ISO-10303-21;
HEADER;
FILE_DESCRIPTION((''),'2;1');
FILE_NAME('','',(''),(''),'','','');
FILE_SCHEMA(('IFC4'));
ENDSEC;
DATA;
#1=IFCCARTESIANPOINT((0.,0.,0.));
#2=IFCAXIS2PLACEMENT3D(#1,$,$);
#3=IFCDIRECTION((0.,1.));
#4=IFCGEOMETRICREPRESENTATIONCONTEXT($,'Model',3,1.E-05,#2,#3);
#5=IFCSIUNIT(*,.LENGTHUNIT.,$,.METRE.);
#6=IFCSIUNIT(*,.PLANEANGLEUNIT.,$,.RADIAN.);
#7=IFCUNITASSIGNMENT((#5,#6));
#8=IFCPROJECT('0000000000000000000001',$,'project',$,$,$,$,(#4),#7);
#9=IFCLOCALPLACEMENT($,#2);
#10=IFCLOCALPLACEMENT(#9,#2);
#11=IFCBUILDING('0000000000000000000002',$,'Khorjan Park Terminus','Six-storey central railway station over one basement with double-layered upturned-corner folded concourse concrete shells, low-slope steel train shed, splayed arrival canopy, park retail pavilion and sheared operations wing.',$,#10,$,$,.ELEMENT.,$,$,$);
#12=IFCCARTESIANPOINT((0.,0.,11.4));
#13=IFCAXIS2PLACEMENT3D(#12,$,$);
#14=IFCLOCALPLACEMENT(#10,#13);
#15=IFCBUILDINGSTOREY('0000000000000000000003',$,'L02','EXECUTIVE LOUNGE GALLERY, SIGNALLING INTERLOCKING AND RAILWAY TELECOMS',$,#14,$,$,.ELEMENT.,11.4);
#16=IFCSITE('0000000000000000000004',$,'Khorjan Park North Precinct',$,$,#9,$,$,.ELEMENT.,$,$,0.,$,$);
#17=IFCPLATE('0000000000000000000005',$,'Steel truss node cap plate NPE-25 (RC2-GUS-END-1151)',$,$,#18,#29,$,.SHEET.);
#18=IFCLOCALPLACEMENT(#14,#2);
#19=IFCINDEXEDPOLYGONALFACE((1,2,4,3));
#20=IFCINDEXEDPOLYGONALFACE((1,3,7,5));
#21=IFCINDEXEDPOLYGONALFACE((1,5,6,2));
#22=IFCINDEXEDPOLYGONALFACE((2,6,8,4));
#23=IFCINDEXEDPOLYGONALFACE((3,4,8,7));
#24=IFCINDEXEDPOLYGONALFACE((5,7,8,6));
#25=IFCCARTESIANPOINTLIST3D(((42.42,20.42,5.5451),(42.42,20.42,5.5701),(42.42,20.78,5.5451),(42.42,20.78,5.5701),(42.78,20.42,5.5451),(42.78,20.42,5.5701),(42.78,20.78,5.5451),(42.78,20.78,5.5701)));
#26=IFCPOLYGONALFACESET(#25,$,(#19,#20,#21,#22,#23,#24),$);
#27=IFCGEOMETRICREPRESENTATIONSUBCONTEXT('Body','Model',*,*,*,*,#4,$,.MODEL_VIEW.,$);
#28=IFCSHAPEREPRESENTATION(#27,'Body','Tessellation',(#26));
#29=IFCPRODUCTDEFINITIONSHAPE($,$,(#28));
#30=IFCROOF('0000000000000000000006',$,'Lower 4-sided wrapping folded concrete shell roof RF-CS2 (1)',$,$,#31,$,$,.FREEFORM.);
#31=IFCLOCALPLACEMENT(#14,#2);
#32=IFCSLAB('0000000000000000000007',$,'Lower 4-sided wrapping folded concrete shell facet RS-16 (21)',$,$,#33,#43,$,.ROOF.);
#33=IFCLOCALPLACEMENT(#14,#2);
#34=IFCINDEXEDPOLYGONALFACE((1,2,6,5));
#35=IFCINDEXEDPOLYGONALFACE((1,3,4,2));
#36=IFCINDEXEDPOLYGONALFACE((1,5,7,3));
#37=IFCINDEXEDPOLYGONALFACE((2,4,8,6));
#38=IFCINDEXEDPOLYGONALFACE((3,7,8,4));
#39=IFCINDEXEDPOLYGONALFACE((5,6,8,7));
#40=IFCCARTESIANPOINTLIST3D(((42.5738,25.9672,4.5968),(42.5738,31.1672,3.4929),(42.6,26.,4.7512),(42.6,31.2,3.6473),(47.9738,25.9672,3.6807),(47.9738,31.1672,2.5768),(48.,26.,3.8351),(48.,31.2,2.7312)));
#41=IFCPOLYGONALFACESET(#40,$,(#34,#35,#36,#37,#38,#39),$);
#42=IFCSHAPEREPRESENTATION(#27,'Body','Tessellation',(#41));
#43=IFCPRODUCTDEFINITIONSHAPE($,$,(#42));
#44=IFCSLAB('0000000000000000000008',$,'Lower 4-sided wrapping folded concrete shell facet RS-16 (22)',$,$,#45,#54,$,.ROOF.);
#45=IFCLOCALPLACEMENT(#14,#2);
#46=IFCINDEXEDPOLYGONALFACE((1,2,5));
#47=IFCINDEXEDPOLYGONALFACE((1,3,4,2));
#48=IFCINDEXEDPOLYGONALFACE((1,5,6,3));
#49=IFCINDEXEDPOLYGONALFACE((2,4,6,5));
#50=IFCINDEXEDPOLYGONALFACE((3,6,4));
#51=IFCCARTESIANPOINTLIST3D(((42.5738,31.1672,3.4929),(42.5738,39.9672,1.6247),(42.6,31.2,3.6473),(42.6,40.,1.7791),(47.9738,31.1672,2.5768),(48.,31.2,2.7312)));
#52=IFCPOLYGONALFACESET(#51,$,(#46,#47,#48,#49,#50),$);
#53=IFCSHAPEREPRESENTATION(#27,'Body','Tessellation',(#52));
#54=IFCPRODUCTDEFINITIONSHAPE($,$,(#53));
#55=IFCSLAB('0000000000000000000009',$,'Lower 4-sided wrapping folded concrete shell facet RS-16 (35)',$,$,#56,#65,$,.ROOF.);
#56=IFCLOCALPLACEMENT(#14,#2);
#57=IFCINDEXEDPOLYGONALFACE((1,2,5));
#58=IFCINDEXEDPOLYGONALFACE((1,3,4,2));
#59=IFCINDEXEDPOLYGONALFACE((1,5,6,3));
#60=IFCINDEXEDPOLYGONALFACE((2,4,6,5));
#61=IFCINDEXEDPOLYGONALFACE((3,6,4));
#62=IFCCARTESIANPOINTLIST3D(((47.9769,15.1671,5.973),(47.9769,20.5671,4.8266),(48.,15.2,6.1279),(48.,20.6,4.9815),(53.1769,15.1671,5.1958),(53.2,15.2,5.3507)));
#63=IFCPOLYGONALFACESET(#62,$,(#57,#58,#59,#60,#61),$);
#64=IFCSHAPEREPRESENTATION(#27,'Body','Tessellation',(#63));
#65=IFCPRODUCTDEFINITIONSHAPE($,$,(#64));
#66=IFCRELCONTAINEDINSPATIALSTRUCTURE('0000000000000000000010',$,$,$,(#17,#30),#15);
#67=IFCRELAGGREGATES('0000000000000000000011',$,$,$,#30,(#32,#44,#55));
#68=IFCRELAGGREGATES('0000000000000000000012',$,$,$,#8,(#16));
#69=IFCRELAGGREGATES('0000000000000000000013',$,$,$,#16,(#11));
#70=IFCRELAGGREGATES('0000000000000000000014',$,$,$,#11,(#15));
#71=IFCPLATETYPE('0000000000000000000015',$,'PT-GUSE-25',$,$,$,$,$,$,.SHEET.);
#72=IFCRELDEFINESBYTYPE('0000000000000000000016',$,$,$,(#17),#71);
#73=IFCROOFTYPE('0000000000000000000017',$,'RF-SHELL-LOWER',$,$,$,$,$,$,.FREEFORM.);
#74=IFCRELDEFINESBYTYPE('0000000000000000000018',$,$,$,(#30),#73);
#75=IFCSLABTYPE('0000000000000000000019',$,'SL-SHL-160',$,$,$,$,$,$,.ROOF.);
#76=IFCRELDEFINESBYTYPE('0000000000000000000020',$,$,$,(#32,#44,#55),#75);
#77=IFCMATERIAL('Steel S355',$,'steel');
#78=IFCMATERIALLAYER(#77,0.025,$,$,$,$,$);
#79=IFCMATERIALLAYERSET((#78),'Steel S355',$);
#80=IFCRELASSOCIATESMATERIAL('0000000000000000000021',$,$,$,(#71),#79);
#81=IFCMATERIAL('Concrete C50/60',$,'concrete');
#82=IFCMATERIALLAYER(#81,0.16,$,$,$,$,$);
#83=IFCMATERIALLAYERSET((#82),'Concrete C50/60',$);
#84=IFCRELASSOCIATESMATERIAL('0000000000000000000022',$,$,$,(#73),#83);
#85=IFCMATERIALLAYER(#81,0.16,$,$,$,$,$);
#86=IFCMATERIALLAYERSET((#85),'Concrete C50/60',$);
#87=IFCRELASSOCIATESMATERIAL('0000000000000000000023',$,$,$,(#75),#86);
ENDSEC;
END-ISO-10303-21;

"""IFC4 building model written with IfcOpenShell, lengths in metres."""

from ifc_helpers import new_model, si_unit, direction, frame, origin, origin_2d, place, context, subcontext, project, spatial, polyline, rectangle, outline, extrude, material, layer, layer_set, type_object, element, aggregate, save


model = new_model("IFC4")

# Units and contexts
model_context = context("Model", 3, precision=1e-05, world=origin(), true_north=direction((0.0, 1.0)))
body_context = subcontext(model_context, "Body", "Model", "MODEL_VIEW")
ifc_project = project(units=[si_unit("LENGTHUNIT", "METRE"), si_unit("PLANEANGLEUNIT", "RADIAN")], contexts=[model_context])

# Site, building, storey
site_placement = place(None, origin())
site = spatial("IfcSite", under=ifc_project, at=site_placement, Name="Khorjan Park North Precinct", CompositionType="ELEMENT", RefElevation=0.0)
building_placement = place(site_placement, origin())
building = spatial("IfcBuilding", under=site, at=building_placement, Name="Khorjan Park Terminus", Description="Six-storey central railway station over one basement with double-layered upturned-corner folded concourse concrete shells, low-slope steel train shed, splayed arrival canopy, park retail pavilion and sheared operations wing.", CompositionType="ELEMENT")
storey_placement = place(building_placement, frame((0.0, 0.0, 11.4)))
storey = spatial("IfcBuildingStorey", under=building, at=storey_placement, Name="L02", Description="EXECUTIVE LOUNGE GALLERY, SIGNALLING INTERLOCKING AND RAILWAY TELECOMS", CompositionType="ELEMENT", Elevation=11.4)

# Shared definitions
ifc_material_1 = material(Name="Steel S355", Category="steel")

# Plate
ifc_layer_1 = layer(ifc_material_1, 0.025)
ifc_layer_set_1 = layer_set([ifc_layer_1], Name="Steel S355")
plate_type = type_object("IfcPlateType", Name="PT-GUSE-25", PredefinedType="SHEET", material=ifc_layer_set_1)
for number, where, z_axis, x_axis, name in (
    (1, (42.6, 20.6, 5.5451), (0.0, 0.0, 1.0), (1.0, 0.0, 0.0), "Steel truss node cap plate NPE-25 (RC2-GUS-END-1151)"),
):
    element("IfcPlate", number, at=place(storey_placement, frame(where, z_axis=z_axis, x_axis=x_axis)), inside=storey, type_object=plate_type, Name=name, PredefinedType="SHEET", context=body_context, shape_type="SweptSolid", body=[
        extrude(rectangle(XDim=0.36, YDim=0.36, at=origin_2d()), origin(), (0.0, 0.0, 1.0), 0.025),
    ])

# Roof, slabs
ifc_material_2 = material(Name="Concrete C50/60", Category="concrete")
ifc_layer_2 = layer(ifc_material_2, 0.16)
ifc_layer_set_2 = layer_set([ifc_layer_2], Name="Concrete C50/60")
roof_type = type_object("IfcRoofType", Name="RF-SHELL-LOWER", PredefinedType="FREEFORM", material=ifc_layer_set_2)
roof_placement = place(storey_placement, origin())
roof = element("IfcRoof", 2, at=roof_placement, inside=storey, type_object=roof_type, Name="Lower 4-sided wrapping folded concrete shell roof RF-CS2 (1)", PredefinedType="FREEFORM")
ifc_layer_3 = layer(ifc_material_2, 0.16)
ifc_layer_set_3 = layer_set([ifc_layer_3], Name="Concrete C50/60")
slab_type = type_object("IfcSlabType", Name="SL-SHL-160", PredefinedType="ROOF", material=ifc_layer_set_3)
slab_1_placement = place(storey_placement, frame((42.6, 26.0, 4.7512), z_axis=(0.163711, 0.204859, 0.965003), x_axis=(0.985913, 0.0, -0.167258)))
slab_1 = element("IfcSlab", 3, at=slab_1_placement, type_object=slab_type, Name="Lower 4-sided wrapping folded concrete shell facet RS-16 (21)", PredefinedType="ROOF", context=body_context, shape_type="SweptSolid", body=[
    extrude(outline(polyline([(0.0, 0.0), (5.4772, 0.0), (5.6618, 5.3127), (0.1846, 5.3127), (0.0, 0.0)])), origin(), (0.0, 0.0, -1.0), 0.16),
])
slab_2_placement = place(storey_placement, frame((42.6, 31.2, 3.6473), z_axis=(0.163711, 0.204866, 0.965002), x_axis=(0.985913, 0.0, -0.167258)))
slab_2 = element("IfcSlab", 4, at=slab_2_placement, type_object=slab_type, Name="Lower 4-sided wrapping folded concrete shell facet RS-16 (22)", PredefinedType="ROOF", context=body_context, shape_type="SweptSolid", body=[
    extrude(outline(polyline([(0.0, 0.0), (5.4772, 0.0), (0.3125, 8.9907), (0.0, 0.0)])), origin(), (0.0, 0.0, -1.0), 0.16),
])
slab_3_placement = place(storey_placement, frame((48.0, 15.2, 6.1279), z_axis=(0.144665, 0.205484, 0.967909), x_axis=(0.989014, 0.0, -0.14782)))
slab_3 = element("IfcSlab", 5, at=slab_3_placement, type_object=slab_type, Name="Lower 4-sided wrapping folded concrete shell facet RS-16 (35)", PredefinedType="ROOF", context=body_context, shape_type="SweptSolid", body=[
    extrude(outline(polyline([(0.0, 0.0), (5.2578, 0.0), (0.1695, 5.5177), (0.0, 0.0)])), origin(), (0.0, 0.0, -1.0), 0.16),
])
aggregate(roof, [slab_1, slab_2, slab_3])

save(model, "model.ifc")
